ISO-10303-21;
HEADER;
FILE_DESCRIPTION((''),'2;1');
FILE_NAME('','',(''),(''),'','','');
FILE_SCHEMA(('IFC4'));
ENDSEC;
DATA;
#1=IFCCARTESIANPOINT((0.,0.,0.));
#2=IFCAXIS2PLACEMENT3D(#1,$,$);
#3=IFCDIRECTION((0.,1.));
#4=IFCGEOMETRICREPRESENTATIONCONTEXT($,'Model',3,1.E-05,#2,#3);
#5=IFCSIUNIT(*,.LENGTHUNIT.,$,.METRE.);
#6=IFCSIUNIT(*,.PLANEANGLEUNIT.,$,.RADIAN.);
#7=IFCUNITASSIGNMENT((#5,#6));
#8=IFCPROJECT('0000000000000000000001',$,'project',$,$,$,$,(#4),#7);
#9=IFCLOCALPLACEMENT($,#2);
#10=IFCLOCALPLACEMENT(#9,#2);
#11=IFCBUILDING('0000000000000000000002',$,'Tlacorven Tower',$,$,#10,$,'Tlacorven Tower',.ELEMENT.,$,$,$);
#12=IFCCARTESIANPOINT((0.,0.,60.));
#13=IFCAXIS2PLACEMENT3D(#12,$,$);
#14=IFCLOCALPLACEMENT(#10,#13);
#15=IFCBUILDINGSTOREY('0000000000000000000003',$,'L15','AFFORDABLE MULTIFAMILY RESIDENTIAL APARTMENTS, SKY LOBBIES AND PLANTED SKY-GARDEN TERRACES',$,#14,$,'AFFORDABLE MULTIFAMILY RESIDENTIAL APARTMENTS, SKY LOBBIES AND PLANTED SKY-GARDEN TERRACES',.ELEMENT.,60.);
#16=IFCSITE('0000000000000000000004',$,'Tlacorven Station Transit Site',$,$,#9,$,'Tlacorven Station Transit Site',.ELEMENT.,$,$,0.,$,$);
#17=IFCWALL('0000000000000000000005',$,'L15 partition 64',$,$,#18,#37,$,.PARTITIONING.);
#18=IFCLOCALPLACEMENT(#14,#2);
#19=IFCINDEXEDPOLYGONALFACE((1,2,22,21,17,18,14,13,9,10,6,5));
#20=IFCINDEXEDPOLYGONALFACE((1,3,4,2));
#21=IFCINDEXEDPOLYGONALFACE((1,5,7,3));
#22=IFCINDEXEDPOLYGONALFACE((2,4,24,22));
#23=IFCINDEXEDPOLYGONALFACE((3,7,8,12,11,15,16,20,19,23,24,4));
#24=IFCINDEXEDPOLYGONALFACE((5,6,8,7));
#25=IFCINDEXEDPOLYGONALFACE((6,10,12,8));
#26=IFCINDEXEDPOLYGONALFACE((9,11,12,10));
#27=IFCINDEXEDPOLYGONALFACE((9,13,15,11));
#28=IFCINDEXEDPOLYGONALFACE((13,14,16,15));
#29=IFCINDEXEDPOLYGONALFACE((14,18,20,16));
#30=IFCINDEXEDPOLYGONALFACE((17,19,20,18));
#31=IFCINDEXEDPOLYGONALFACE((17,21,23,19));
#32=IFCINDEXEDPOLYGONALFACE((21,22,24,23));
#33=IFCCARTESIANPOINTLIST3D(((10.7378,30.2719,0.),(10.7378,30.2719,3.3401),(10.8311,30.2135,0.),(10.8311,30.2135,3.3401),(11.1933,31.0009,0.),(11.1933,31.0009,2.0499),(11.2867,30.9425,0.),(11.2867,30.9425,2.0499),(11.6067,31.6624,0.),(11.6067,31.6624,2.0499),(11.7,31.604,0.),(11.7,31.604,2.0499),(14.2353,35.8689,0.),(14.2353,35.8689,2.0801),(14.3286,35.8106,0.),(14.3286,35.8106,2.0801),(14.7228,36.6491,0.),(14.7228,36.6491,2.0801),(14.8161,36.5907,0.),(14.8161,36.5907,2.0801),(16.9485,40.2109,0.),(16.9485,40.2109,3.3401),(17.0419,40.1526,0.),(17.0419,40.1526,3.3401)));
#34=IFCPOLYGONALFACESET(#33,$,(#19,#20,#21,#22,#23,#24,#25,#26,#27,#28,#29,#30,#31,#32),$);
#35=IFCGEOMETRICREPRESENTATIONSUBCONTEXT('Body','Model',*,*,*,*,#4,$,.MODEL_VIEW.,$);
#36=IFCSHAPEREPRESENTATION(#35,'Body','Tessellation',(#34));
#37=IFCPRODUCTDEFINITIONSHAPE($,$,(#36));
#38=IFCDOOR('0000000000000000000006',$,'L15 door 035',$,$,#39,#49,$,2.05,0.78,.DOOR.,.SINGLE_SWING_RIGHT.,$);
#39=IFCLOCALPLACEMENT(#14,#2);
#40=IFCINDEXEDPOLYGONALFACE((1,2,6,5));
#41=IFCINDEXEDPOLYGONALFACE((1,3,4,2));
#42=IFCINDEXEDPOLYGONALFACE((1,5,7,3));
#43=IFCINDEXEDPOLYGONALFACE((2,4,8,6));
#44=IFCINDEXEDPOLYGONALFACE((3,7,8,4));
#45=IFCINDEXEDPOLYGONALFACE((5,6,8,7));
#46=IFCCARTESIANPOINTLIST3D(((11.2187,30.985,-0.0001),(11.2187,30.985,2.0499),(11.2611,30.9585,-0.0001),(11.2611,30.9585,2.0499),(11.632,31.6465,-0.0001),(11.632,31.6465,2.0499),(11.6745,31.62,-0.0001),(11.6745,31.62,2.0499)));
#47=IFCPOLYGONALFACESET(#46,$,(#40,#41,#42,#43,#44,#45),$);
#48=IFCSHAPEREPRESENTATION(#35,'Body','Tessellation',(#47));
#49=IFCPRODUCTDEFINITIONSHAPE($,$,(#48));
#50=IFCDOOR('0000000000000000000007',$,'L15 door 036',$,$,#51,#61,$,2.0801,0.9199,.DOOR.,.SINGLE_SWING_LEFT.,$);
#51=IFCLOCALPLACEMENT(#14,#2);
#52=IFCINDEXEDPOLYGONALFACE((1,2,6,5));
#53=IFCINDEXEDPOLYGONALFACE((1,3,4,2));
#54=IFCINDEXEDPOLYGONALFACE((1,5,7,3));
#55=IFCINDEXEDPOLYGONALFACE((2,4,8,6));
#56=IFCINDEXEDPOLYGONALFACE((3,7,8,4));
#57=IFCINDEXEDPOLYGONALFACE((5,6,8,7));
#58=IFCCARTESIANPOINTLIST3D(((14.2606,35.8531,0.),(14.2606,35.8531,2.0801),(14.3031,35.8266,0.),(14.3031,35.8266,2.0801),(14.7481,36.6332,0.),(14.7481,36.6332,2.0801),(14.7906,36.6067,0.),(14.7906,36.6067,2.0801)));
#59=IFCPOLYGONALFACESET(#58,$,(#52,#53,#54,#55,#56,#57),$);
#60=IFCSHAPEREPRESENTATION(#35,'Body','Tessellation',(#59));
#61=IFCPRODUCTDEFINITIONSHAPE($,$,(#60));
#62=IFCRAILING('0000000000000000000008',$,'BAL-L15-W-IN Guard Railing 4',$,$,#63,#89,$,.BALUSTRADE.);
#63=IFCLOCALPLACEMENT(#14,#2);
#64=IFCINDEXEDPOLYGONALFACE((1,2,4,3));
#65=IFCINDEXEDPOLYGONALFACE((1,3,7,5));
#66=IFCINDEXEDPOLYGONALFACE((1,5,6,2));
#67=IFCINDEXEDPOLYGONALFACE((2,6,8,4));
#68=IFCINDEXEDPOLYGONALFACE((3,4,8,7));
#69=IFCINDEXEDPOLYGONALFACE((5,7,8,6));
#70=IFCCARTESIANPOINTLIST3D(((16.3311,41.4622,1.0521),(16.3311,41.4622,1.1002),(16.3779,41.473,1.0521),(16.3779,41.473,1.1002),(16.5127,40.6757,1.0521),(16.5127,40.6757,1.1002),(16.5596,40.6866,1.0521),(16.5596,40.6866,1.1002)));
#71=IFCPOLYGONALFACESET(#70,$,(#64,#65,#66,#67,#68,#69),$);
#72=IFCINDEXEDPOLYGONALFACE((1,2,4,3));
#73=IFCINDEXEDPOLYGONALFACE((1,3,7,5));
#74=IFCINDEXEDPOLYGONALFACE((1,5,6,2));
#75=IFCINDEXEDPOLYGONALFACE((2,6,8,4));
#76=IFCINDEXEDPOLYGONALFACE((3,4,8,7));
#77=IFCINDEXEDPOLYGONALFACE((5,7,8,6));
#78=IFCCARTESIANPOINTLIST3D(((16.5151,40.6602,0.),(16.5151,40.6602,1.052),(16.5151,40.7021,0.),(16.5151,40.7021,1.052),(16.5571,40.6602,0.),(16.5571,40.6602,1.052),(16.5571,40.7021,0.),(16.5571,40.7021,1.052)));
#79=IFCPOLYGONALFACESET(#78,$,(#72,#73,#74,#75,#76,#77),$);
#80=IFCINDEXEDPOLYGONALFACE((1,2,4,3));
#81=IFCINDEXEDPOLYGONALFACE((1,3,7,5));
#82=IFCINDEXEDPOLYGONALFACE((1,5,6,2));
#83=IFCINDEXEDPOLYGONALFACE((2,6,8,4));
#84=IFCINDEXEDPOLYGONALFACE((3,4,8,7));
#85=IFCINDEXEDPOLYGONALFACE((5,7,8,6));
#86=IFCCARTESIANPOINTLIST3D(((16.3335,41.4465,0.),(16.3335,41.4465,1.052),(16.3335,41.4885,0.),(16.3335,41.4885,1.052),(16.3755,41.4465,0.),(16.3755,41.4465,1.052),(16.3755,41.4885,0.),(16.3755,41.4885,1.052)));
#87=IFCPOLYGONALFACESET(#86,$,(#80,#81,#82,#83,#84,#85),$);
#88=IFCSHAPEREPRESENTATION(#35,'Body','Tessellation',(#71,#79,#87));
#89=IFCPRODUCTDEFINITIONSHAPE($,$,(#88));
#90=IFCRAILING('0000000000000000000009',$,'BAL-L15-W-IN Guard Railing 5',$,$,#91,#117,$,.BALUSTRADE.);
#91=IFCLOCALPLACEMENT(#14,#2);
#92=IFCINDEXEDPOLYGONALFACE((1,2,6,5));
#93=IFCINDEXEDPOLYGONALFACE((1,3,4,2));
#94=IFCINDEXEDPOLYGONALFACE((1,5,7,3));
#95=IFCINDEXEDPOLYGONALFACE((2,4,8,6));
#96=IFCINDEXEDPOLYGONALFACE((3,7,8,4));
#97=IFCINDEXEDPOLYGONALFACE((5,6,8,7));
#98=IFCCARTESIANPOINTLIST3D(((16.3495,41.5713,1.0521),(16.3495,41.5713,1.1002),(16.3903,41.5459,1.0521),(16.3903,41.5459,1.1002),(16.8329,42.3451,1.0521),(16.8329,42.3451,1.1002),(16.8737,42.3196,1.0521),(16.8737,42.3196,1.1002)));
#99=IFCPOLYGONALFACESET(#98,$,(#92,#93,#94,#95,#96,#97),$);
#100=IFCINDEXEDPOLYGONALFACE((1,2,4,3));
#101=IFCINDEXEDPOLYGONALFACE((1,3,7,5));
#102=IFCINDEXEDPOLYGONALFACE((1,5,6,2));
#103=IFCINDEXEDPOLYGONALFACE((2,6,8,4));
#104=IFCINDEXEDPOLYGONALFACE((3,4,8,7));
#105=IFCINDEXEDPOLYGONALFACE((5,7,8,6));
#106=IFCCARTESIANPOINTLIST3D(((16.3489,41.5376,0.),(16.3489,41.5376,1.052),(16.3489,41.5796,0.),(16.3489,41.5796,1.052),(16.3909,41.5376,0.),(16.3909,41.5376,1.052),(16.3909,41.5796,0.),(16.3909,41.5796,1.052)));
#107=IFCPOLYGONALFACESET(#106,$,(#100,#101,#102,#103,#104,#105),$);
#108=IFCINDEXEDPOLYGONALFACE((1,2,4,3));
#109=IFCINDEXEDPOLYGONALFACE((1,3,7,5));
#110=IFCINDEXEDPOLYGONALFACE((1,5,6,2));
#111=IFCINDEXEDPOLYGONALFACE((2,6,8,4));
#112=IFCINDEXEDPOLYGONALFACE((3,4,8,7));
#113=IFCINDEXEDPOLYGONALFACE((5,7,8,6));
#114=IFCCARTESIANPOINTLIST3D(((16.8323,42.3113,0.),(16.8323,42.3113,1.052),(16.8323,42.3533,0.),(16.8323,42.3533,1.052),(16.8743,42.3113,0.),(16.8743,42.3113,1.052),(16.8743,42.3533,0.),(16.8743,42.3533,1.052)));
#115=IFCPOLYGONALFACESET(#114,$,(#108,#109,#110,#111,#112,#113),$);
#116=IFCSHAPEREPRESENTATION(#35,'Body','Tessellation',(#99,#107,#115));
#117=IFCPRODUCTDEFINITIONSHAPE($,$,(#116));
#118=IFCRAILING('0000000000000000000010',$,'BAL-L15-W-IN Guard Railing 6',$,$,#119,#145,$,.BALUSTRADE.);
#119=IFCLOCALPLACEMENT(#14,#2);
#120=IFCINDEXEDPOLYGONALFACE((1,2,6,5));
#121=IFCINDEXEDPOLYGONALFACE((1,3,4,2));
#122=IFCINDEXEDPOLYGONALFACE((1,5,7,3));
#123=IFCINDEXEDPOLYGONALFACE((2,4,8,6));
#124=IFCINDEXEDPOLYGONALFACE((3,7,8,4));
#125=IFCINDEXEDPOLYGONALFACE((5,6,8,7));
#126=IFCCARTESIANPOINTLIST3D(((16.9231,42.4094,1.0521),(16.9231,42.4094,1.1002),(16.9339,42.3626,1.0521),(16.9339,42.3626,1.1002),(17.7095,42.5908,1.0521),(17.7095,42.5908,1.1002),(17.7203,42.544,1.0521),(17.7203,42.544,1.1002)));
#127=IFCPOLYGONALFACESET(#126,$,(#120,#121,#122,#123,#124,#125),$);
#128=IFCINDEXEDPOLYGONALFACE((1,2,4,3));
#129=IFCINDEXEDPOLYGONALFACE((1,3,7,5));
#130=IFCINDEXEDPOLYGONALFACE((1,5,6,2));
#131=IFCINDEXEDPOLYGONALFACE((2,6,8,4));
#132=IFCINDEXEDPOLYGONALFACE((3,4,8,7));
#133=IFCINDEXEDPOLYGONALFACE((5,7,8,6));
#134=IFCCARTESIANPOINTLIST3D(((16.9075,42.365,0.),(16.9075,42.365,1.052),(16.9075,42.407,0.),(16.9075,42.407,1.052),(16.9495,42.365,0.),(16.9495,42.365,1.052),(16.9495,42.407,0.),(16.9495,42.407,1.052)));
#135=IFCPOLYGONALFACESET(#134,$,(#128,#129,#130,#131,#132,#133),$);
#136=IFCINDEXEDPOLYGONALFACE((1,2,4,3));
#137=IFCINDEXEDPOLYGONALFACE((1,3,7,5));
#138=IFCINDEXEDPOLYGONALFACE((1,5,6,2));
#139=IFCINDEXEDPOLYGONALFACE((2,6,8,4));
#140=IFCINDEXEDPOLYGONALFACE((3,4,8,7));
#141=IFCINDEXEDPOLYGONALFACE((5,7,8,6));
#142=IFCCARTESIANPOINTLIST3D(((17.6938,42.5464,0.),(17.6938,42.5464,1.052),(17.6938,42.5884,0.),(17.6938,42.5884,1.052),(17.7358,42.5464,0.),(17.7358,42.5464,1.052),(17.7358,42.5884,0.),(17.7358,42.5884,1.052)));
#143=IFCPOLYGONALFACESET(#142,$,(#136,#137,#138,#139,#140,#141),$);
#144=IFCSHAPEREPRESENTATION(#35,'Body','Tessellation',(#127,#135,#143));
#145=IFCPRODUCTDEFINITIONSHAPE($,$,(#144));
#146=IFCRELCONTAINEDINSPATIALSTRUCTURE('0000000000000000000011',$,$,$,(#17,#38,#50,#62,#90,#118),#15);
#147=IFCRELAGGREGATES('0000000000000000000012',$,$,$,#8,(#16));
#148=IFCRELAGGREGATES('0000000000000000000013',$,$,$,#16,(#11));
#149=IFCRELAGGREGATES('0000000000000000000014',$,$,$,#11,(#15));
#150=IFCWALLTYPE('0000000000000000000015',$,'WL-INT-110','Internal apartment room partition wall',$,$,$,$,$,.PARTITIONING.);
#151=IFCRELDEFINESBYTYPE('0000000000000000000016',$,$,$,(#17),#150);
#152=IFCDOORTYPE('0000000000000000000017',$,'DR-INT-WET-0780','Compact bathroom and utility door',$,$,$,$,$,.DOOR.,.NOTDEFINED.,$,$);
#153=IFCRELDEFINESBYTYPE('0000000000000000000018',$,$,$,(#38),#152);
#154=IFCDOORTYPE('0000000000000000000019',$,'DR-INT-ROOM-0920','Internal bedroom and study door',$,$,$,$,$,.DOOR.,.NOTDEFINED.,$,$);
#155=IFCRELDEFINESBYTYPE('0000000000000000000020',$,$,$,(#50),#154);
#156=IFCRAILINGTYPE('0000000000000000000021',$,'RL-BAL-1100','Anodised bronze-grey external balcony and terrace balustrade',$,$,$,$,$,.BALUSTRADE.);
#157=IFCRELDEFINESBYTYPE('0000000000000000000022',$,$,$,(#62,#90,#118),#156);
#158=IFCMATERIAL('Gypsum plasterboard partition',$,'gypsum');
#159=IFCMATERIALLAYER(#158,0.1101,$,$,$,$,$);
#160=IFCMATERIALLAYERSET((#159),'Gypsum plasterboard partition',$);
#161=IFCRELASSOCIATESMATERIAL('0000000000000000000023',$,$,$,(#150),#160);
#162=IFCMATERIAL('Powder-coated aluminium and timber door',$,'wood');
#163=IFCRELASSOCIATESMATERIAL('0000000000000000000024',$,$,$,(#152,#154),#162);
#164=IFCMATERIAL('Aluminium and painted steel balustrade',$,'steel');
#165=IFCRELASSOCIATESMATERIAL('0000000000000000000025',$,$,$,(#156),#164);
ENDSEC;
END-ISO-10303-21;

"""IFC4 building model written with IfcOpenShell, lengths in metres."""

from ifc_helpers import new_model, si_unit, direction, frame, frame_2d, origin, origin_2d, place, context, subcontext, project, spatial, rectangle, extrude, source, transform, mapped, material, layer, layer_set, type_object, element, fill, save


model = new_model("IFC4")

# Units and contexts
model_context = context("Model", 3, precision=1e-05, world=origin(), true_north=direction((0.0, 1.0)))
body_context = subcontext(model_context, "Body", "Model", "MODEL_VIEW")
ifc_project = project(units=[si_unit("LENGTHUNIT", "METRE"), si_unit("PLANEANGLEUNIT", "RADIAN")], contexts=[model_context])

# Site, building, storey
site_placement = place(None, origin())
site = spatial("IfcSite", under=ifc_project, at=site_placement, Name="Tlacorven Station Transit Site", LongName="Tlacorven Station Transit Site", CompositionType="ELEMENT", RefElevation=0.0)
building_placement = place(site_placement, origin())
building = spatial("IfcBuilding", under=site, at=building_placement, Name="Tlacorven Tower", LongName="Tlacorven Tower", CompositionType="ELEMENT")
storey_placement = place(building_placement, frame((0.0, 0.0, 60.0)))
storey = spatial("IfcBuildingStorey", under=building, at=storey_placement, Name="L15", Description="AFFORDABLE MULTIFAMILY RESIDENTIAL APARTMENTS, SKY LOBBIES AND PLANTED SKY-GARDEN TERRACES", LongName="AFFORDABLE MULTIFAMILY RESIDENTIAL APARTMENTS, SKY LOBBIES AND PLANTED SKY-GARDEN TERRACES", CompositionType="ELEMENT", Elevation=60.0)

# Shared definitions
ifc_material_1 = material(Name="Powder-coated aluminium and timber door", Category="wood")

# Wall, openings, doors
ifc_material_2 = material(Name="Gypsum plasterboard partition", Category="gypsum")
ifc_layer_1 = layer(ifc_material_2, 0.1101)
ifc_layer_set_1 = layer_set([ifc_layer_1], Name="Gypsum plasterboard partition")
wall_type_1 = type_object("IfcWallType", Name="WL-INT-110", Description="Internal apartment room partition wall", PredefinedType="PARTITIONING", material=ifc_layer_set_1)
wall_1_placement = place(storey_placement, frame((16.9951, 40.1816, 0.0), z_axis=(0.0, 0.0, 1.0), x_axis=(-0.529928, -0.848043, 0.0)))
wall_1 = element("IfcWall", 1, at=wall_1_placement, inside=storey, type_object=wall_type_1, Name="L15 partition 64", PredefinedType="PARTITIONING", context=body_context, shape_type="SweptSolid", body=[
    extrude(rectangle(XDim=11.72, YDim=0.1101, at=frame_2d((5.8599, 0.0))), origin(), (0.0, 0.0, 1.0), 3.3401),
])
opening_1_placement = place(wall_1_placement, frame((10.0801, 0.0, 0.0)))
opening_1 = element("IfcOpeningElement", 2, at=opening_1_placement, cuts=wall_1, PredefinedType="OPENING", context=body_context, shape_type="SweptSolid", body=[
    extrude(rectangle(XDim=0.78, YDim=2.05, at=frame_2d((0.3901, 1.0249))), frame((0.0, 0.0649, 0.0), z_axis=(0.0, -1.0, 0.0), x_axis=(1.0, 0.0, 0.0)), (0.0, 0.0, 1.0), 0.1301),
])
opening_2_placement = place(wall_1_placement, frame((4.2, 0.0, 0.0)))
opening_2 = element("IfcOpeningElement", 3, at=opening_2_placement, cuts=wall_1, PredefinedType="OPENING", context=body_context, shape_type="SweptSolid", body=[
    extrude(rectangle(XDim=0.9199, YDim=2.0801, at=frame_2d((0.46, 1.04))), frame((0.0, 0.0649, 0.0), z_axis=(0.0, -1.0, 0.0), x_axis=(1.0, 0.0, 0.0)), (0.0, 0.0, 1.0), 0.1301),
])
door_type_1 = type_object("IfcDoorType", Name="DR-INT-WET-0780", Description="Compact bathroom and utility door", OperationType="NOTDEFINED", PredefinedType="DOOR", material=ifc_material_1)
shared_shape_1 = source(origin(), body_context, "Body", "SweptSolid", [
    extrude(rectangle(XDim=0.78, YDim=2.05, at=frame_2d((0.3901, 1.0249))), frame((0.0, 0.0249, 0.0), z_axis=(0.0, -1.0, 0.0), x_axis=(1.0, 0.0, 0.0)), (0.0, 0.0, 1.0), 0.05),
])
door_1_placement = place(opening_1_placement, origin())
door_1 = element("IfcDoor", 4, at=door_1_placement, inside=storey, type_object=door_type_1, Name="L15 door 035", OperationType="SINGLE_SWING_RIGHT", OverallHeight=2.05, OverallWidth=0.78, PredefinedType="DOOR", context=body_context, shape_type="MappedRepresentation", body=[
    mapped(shared_shape_1, transform((0.0, 0.0, 0.0), scale=1.0)),
])
fill(opening_1, door_1)
door_type_2 = type_object("IfcDoorType", Name="DR-INT-ROOM-0920", Description="Internal bedroom and study door", OperationType="NOTDEFINED", PredefinedType="DOOR", material=ifc_material_1)
shared_shape_2 = source(origin(), body_context, "Body", "SweptSolid", [
    extrude(rectangle(XDim=0.9199, YDim=2.0801, at=frame_2d((0.46, 1.04))), frame((0.0, 0.0249, 0.0), z_axis=(0.0, -1.0, 0.0), x_axis=(1.0, 0.0, 0.0)), (0.0, 0.0, 1.0), 0.05),
])
door_2_placement = place(opening_2_placement, origin())
door_2 = element("IfcDoor", 5, at=door_2_placement, inside=storey, type_object=door_type_2, Name="L15 door 036", OperationType="SINGLE_SWING_LEFT", OverallHeight=2.0801, OverallWidth=0.9199, PredefinedType="DOOR", context=body_context, shape_type="MappedRepresentation", body=[
    mapped(shared_shape_2, transform((0.0, 0.0, 0.0), scale=1.0)),
])
fill(opening_2, door_2)

# Railings
ifc_material_3 = material(Name="Aluminium and painted steel balustrade", Category="steel")
railing_type = type_object("IfcRailingType", Name="RL-BAL-1100", Description="Anodised bronze-grey external balcony and terrace balustrade", PredefinedType="BALUSTRADE", material=ifc_material_3)
shared_shape_3 = source(origin(), body_context, "Body", "SweptSolid", [
    extrude(rectangle(XDim=0.0481, YDim=0.0481, at=origin_2d()), frame((0.0, 0.0, 1.0762), z_axis=(-0.225058, 0.974345, 0.0), x_axis=(-0.974345, -0.225058, 0.0)), (0.0, 0.0, 1.0), 0.8071),
    extrude(rectangle(XDim=0.042, YDim=0.042, at=origin_2d()), origin(), (0.0, 0.0, 1.0), 1.052),
    extrude(rectangle(XDim=0.042, YDim=0.042, at=origin_2d()), frame((-0.1816, 0.7864, 0.0)), (0.0, 0.0, 1.0), 1.052),
])
railing_1_placement = place(storey_placement, frame((16.5361, 40.6812, 0.0)))
element("IfcRailing", 6, at=railing_1_placement, inside=storey, type_object=railing_type, Name="BAL-L15-W-IN Guard Railing 4", PredefinedType="BALUSTRADE", context=body_context, shape_type="MappedRepresentation", body=[
    mapped(shared_shape_3, transform((0.0, 0.0, 0.0), scale=1.0)),
])
shared_shape_4 = source(origin(), body_context, "Body", "SweptSolid", [
    extrude(rectangle(XDim=0.0481, YDim=0.0481, at=origin_2d()), frame((0.0, 0.0, 1.0762), z_axis=(0.529879, 0.848073, 0.0), x_axis=(-0.848073, 0.529879, 0.0)), (0.0, 0.0, 1.0), 0.9124),
    extrude(rectangle(XDim=0.042, YDim=0.042, at=origin_2d()), origin(), (0.0, 0.0, 1.0), 1.052),
    extrude(rectangle(XDim=0.042, YDim=0.042, at=origin_2d()), frame((0.4834, 0.7737, 0.0)), (0.0, 0.0, 1.0), 1.052),
])
railing_2_placement = place(storey_placement, frame((16.3699, 41.5586, 0.0)))
element("IfcRailing", 7, at=railing_2_placement, inside=storey, type_object=railing_type, Name="BAL-L15-W-IN Guard Railing 5", PredefinedType="BALUSTRADE", context=body_context, shape_type="MappedRepresentation", body=[
    mapped(shared_shape_4, transform((0.0, 0.0, 0.0), scale=1.0)),
])
shared_shape_5 = source(origin(), body_context, "Body", "SweptSolid", [
    extrude(rectangle(XDim=0.0481, YDim=0.0481, at=origin_2d()), frame((0.0, 0.0, 1.0762), z_axis=(0.974412, 0.224771, 0.0), x_axis=(-0.224771, 0.974412, 0.0)), (0.0, 0.0, 1.0), 0.8071),
    extrude(rectangle(XDim=0.042, YDim=0.042, at=origin_2d()), origin(), (0.0, 0.0, 1.0), 1.052),
    extrude(rectangle(XDim=0.042, YDim=0.042, at=origin_2d()), frame((0.7864, 0.1814, 0.0)), (0.0, 0.0, 1.0), 1.052),
])
railing_3_placement = place(storey_placement, frame((16.9285, 42.386, 0.0)))
element("IfcRailing", 8, at=railing_3_placement, inside=storey, type_object=railing_type, Name="BAL-L15-W-IN Guard Railing 6", PredefinedType="BALUSTRADE", context=body_context, shape_type="MappedRepresentation", body=[
    mapped(shared_shape_5, transform((0.0, 0.0, 0.0), scale=1.0)),
])

save(model, "model.ifc")
